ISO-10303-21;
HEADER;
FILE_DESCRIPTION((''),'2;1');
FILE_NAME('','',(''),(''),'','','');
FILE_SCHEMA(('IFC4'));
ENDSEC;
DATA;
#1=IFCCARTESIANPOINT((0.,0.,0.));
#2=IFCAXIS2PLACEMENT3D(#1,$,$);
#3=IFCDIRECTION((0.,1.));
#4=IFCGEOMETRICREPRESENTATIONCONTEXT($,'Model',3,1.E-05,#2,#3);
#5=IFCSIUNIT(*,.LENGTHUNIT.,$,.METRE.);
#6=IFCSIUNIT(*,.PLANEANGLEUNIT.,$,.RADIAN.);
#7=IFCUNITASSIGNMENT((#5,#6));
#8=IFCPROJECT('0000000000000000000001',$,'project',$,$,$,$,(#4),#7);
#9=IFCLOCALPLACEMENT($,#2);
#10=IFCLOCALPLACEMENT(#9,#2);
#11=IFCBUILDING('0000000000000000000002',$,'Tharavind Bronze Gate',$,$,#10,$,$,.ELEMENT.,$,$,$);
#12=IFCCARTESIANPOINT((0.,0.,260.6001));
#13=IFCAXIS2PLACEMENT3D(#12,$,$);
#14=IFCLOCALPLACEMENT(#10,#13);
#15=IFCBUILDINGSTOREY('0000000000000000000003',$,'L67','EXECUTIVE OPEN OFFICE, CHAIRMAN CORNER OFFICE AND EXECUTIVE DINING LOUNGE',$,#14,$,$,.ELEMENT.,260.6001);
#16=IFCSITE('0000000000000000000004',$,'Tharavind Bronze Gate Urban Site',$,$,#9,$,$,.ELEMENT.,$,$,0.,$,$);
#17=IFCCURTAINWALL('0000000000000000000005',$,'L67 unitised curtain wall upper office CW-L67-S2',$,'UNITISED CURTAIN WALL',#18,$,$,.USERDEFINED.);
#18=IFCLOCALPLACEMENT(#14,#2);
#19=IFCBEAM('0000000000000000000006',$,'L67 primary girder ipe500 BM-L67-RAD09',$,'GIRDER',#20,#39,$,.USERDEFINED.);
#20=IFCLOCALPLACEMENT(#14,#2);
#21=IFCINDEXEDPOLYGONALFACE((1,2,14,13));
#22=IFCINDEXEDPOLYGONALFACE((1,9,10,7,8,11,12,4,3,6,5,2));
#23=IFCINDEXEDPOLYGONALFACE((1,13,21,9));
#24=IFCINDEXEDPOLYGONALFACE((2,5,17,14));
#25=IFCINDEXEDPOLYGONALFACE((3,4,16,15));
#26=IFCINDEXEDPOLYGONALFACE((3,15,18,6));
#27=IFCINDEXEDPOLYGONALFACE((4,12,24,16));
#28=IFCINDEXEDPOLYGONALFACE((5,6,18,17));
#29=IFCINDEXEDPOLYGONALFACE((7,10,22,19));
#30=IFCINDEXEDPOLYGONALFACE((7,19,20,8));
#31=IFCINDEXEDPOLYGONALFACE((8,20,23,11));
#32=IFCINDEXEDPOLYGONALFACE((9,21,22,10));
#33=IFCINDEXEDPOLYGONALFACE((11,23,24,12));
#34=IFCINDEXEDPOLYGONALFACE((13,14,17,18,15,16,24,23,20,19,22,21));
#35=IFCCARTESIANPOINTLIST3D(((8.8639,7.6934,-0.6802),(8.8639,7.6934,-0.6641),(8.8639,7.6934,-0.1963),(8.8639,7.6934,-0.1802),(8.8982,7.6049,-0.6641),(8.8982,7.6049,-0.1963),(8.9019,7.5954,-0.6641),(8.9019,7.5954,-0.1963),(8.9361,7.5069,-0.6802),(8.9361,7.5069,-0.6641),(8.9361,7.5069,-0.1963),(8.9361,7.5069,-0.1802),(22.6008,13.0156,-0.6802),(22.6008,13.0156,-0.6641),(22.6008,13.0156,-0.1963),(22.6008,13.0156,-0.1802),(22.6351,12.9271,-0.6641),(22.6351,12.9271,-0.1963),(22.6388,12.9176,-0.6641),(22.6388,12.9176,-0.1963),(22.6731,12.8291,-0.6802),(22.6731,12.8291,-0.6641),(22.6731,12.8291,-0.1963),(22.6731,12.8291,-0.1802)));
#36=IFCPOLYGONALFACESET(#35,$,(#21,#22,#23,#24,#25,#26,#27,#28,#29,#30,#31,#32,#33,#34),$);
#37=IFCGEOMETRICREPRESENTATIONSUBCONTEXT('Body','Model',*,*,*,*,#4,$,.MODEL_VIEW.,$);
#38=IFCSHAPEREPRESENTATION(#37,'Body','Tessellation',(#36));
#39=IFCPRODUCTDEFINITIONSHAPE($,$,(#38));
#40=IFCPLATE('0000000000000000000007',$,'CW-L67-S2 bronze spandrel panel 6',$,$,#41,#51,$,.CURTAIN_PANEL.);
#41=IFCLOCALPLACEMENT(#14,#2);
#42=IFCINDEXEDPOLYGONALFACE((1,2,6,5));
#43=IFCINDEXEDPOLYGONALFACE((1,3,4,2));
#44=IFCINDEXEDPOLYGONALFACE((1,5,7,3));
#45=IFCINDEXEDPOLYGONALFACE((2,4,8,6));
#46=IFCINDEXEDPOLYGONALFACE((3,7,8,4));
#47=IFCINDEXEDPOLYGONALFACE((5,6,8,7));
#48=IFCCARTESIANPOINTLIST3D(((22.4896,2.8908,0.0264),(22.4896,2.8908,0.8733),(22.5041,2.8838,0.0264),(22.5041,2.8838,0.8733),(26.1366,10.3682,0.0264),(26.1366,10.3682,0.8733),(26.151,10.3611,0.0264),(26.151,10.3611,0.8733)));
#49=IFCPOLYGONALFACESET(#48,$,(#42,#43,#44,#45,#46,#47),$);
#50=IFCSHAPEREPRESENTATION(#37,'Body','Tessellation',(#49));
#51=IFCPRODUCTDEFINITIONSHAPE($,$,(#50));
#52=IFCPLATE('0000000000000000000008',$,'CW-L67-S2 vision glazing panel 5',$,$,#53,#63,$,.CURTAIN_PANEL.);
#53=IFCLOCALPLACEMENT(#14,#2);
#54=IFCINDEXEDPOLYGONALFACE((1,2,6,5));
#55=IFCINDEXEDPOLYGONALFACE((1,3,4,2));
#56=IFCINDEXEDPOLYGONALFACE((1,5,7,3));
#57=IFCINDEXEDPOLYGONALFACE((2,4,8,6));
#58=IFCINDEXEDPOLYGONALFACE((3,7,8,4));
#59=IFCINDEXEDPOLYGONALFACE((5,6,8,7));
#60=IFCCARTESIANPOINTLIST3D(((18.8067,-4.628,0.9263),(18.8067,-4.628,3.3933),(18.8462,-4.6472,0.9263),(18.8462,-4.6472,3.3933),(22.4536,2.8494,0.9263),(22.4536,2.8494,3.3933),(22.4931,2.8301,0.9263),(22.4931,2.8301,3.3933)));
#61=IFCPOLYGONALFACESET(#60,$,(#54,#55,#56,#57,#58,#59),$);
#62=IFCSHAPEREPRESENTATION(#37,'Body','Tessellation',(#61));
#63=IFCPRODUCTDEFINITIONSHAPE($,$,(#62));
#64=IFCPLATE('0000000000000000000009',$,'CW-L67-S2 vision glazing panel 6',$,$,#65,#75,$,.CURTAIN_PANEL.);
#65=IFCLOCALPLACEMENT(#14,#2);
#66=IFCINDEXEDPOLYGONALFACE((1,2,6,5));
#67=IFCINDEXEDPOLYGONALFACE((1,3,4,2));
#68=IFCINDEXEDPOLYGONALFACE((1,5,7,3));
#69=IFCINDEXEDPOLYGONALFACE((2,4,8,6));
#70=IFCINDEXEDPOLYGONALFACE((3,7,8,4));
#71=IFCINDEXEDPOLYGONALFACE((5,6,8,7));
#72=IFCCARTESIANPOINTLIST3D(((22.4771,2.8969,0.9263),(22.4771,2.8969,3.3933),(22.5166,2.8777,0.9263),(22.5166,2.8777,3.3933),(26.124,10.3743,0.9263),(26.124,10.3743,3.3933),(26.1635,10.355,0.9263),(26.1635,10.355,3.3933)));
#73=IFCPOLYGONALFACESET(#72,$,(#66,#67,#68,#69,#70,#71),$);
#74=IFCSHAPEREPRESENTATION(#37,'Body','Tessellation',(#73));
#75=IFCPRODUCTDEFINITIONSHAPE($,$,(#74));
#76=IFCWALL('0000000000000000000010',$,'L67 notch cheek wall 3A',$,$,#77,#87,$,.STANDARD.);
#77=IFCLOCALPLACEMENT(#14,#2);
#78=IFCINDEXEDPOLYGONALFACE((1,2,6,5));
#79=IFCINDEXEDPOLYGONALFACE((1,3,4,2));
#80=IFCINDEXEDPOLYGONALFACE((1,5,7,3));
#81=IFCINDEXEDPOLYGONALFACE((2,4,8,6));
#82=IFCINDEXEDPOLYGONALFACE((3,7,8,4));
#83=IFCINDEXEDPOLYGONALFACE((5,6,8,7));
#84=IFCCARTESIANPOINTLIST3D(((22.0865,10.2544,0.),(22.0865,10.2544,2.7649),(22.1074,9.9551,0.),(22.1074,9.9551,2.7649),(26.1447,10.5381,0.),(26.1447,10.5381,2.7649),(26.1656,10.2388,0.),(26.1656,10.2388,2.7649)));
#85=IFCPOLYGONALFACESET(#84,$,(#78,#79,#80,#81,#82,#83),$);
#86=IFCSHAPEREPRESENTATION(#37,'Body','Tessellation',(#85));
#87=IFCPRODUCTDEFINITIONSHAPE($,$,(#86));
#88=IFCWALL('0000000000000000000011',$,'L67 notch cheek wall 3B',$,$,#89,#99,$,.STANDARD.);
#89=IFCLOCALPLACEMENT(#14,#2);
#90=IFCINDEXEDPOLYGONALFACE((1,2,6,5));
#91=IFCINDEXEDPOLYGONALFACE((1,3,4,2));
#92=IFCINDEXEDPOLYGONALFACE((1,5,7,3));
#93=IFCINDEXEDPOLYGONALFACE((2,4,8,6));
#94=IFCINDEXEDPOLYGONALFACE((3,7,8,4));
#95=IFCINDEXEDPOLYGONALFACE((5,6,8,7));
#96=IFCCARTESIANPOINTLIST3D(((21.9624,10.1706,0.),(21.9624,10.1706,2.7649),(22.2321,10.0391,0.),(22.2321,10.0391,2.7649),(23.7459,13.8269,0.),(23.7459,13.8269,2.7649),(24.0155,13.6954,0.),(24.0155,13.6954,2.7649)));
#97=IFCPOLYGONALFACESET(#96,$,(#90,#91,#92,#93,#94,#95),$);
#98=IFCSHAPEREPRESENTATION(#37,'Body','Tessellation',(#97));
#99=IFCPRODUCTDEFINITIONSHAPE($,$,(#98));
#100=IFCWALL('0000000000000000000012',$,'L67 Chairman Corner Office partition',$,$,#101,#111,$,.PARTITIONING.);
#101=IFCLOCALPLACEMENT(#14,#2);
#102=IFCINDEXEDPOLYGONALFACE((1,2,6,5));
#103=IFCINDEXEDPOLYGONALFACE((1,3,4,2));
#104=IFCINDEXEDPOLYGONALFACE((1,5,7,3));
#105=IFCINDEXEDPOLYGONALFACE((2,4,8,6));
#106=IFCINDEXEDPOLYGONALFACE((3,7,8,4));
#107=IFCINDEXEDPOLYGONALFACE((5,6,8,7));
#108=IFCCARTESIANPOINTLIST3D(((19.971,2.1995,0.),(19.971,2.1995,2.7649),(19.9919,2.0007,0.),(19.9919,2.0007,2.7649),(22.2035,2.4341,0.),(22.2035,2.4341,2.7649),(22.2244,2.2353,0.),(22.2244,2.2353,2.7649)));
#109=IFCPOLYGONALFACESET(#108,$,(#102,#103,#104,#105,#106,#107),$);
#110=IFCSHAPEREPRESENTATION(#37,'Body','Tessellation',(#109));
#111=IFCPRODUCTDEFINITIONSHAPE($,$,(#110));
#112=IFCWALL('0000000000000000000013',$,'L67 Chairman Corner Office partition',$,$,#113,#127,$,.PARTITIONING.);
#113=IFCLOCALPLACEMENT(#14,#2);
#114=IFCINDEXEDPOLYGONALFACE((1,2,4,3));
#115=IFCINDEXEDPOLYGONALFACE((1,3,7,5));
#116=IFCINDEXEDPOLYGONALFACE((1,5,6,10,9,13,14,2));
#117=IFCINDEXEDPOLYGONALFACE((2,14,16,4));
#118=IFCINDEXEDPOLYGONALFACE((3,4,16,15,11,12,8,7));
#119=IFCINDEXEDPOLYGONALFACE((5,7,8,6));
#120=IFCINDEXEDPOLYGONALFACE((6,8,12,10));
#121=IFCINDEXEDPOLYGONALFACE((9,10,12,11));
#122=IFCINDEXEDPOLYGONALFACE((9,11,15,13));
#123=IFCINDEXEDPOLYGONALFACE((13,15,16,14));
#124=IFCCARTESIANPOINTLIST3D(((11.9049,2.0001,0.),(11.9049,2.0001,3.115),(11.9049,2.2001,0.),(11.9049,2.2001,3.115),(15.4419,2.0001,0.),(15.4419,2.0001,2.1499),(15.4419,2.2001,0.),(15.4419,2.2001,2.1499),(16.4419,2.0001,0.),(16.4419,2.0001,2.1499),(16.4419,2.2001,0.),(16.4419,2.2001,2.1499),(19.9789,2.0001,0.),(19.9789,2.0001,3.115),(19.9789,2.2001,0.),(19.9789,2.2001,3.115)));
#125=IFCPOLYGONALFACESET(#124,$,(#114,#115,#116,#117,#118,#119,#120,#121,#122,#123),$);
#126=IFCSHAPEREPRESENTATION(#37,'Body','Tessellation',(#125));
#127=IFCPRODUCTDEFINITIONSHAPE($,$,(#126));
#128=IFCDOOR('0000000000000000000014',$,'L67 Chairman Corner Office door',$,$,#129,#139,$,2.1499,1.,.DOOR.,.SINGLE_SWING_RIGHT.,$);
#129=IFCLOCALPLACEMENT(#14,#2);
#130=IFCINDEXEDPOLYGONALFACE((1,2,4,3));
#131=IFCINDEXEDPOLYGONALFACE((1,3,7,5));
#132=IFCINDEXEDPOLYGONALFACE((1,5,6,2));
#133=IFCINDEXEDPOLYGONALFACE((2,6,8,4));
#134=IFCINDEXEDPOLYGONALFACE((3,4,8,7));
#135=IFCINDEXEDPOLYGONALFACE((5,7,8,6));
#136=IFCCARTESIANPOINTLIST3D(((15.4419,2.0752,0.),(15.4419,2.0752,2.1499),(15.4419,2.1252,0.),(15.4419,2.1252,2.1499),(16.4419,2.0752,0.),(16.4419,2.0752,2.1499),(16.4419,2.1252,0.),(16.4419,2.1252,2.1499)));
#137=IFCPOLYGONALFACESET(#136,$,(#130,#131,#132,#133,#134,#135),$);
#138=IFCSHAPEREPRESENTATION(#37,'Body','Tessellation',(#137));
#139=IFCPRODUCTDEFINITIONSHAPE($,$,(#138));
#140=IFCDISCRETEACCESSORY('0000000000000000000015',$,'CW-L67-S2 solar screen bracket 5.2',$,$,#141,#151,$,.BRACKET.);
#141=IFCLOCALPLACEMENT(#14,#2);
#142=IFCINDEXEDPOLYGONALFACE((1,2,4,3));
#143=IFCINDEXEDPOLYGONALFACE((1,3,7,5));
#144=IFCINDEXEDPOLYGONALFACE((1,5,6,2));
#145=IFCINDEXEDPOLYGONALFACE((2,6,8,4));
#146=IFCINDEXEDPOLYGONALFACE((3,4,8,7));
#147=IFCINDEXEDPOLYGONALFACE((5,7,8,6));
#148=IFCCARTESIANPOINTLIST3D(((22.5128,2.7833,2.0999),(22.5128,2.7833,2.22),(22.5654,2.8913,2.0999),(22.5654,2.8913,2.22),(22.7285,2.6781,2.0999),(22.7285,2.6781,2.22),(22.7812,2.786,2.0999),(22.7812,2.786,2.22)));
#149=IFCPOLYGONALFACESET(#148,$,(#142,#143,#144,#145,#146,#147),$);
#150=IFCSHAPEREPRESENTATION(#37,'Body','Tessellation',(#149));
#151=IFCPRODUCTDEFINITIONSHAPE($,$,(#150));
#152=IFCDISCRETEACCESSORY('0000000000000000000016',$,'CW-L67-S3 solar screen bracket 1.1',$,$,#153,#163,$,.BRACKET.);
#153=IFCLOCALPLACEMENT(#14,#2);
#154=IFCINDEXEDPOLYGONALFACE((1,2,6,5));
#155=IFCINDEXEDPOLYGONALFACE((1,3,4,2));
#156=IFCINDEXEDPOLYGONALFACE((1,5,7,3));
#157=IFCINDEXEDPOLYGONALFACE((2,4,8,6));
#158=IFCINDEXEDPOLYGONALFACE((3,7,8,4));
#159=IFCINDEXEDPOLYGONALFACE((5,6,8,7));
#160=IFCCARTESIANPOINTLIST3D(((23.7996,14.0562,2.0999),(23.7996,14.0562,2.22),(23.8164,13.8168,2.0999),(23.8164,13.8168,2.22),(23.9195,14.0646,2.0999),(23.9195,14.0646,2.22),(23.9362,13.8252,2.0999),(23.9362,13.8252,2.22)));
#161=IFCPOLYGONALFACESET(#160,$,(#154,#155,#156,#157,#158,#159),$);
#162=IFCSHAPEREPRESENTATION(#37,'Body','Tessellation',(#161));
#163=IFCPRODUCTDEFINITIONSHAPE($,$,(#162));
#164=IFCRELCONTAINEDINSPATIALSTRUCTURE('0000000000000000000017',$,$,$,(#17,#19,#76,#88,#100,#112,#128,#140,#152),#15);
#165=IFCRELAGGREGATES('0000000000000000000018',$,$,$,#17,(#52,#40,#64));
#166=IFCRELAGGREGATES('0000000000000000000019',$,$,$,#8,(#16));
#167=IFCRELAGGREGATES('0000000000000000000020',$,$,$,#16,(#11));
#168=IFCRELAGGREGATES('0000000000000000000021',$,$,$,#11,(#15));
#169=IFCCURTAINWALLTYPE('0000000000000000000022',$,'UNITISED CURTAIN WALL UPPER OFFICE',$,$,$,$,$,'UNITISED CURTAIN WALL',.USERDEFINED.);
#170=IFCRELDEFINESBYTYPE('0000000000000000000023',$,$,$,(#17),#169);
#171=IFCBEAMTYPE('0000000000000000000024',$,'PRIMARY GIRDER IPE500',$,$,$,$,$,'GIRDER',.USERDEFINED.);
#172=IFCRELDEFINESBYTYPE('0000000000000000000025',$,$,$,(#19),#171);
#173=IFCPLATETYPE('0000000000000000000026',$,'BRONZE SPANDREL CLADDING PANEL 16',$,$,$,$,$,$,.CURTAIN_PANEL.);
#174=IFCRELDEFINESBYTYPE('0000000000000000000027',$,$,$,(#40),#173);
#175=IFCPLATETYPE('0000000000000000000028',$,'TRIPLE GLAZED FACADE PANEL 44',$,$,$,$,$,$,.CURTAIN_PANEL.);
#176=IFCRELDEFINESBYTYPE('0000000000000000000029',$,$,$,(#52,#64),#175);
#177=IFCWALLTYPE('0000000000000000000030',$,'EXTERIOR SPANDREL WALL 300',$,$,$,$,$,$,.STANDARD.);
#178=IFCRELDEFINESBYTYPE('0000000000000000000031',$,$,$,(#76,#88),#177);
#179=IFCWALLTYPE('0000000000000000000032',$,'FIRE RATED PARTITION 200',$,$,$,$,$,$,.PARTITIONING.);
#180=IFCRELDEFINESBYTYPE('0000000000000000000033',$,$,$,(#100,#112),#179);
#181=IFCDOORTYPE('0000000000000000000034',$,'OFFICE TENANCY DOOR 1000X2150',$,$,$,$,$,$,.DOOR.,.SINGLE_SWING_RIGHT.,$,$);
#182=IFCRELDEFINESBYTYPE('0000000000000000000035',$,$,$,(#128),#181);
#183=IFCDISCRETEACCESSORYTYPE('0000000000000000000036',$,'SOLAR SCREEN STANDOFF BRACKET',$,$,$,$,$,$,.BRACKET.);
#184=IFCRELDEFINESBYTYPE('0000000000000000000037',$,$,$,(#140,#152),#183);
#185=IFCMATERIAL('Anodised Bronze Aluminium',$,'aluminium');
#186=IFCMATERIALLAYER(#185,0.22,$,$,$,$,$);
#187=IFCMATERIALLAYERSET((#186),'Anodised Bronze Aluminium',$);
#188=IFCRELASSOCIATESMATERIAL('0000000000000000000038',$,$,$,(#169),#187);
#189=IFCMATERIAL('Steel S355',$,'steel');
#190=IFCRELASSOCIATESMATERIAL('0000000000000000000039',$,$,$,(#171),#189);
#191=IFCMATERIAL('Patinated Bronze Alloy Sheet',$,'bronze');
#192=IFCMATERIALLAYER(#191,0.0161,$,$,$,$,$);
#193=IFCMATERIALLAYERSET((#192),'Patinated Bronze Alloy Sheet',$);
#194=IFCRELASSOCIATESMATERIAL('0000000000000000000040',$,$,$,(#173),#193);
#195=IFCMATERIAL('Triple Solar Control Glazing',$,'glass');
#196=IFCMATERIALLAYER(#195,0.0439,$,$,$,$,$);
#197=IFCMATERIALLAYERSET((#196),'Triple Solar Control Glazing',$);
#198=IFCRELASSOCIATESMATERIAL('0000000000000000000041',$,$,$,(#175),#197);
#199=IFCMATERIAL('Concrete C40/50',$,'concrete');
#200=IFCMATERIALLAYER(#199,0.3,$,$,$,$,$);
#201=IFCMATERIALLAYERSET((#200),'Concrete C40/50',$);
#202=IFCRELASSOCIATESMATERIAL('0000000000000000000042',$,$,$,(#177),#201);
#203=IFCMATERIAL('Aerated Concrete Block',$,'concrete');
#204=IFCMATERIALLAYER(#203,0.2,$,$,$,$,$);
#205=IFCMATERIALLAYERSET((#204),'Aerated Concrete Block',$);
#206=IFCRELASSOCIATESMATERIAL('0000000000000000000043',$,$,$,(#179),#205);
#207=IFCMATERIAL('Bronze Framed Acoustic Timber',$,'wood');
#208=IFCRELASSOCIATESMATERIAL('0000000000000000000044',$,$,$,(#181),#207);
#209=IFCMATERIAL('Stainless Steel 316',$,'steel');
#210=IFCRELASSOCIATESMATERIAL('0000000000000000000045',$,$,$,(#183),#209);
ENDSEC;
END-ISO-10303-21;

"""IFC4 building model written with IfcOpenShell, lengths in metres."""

from ifc_helpers import new_model, si_unit, direction, frame, frame_2d, origin, origin_2d, place, context, subcontext, project, spatial, rectangle, i_section, extrude, material, layer, layer_set, material_profile, profile_set, type_object, element, fill, aggregate, save


model = new_model("IFC4")

# Units and contexts
model_context = context("Model", 3, precision=1e-05, world=origin(), true_north=direction((0.0, 1.0)))
body_context = subcontext(model_context, "Body", "Model", "MODEL_VIEW")
ifc_project = project(units=[si_unit("LENGTHUNIT", "METRE"), si_unit("PLANEANGLEUNIT", "RADIAN")], contexts=[model_context])

# Site, building, storey
site_placement = place(None, origin())
site = spatial("IfcSite", under=ifc_project, at=site_placement, Name="Tharavind Bronze Gate Urban Site", CompositionType="ELEMENT", RefElevation=0.0)
building_placement = place(site_placement, origin())
building = spatial("IfcBuilding", under=site, at=building_placement, Name="Tharavind Bronze Gate", CompositionType="ELEMENT")
storey_placement = place(building_placement, frame((0.0, 0.0, 260.6001)))
storey = spatial("IfcBuildingStorey", under=building, at=storey_placement, Name="L67", Description="EXECUTIVE OPEN OFFICE, CHAIRMAN CORNER OFFICE AND EXECUTIVE DINING LOUNGE", CompositionType="ELEMENT", Elevation=260.6001)

# Curtain wall
ifc_material_1 = material(Name="Anodised Bronze Aluminium", Category="aluminium")
ifc_layer_1 = layer(ifc_material_1, 0.22)
ifc_layer_set_1 = layer_set([ifc_layer_1], Name="Anodised Bronze Aluminium")
curtain_wall_type = type_object("IfcCurtainWallType", Name="UNITISED CURTAIN WALL UPPER OFFICE", ElementType="UNITISED CURTAIN WALL", PredefinedType="USERDEFINED", material=ifc_layer_set_1)
curtain_wall_1_placement = place(storey_placement, origin())
curtain_wall_1 = element("IfcCurtainWall", 1, at=curtain_wall_1_placement, inside=storey, type_object=curtain_wall_type, Name="L67 unitised curtain wall upper office CW-L67-S2", ObjectType="UNITISED CURTAIN WALL", PredefinedType="USERDEFINED")

# Beam
ifc_material_2 = material(Name="Steel S355", Category="steel")
ifc_material_profile_1 = material_profile(ifc_material_2, i_section(OverallWidth=0.2, OverallDepth=0.5, WebThickness=0.0103, FlangeThickness=0.0161, at=origin_2d()), Name="IPE500")
ifc_profile_set_1 = profile_set([ifc_material_profile_1], Name="Steel S355")
beam_type_1 = type_object("IfcBeamType", Name="PRIMARY GIRDER IPE500", ElementType="GIRDER", PredefinedType="USERDEFINED", material=ifc_profile_set_1)
beam_1_placement = place(storey_placement, frame((22.637, 12.9224, -0.4302), z_axis=(-0.932461, -0.361271, 0.0), x_axis=(0.361271, -0.932461, 0.0)))
element("IfcBeam", 2, at=beam_1_placement, inside=storey, type_object=beam_type_1, Name="L67 primary girder ipe500 BM-L67-RAD09", ObjectType="GIRDER", PredefinedType="USERDEFINED", context=body_context, shape_type="SweptSolid", body=[
    extrude(i_section(OverallWidth=0.2, OverallDepth=0.5, WebThickness=0.0103, FlangeThickness=0.0161, at=origin_2d()), origin(), (0.0, 0.0, 1.0), 14.7319),
])

# Plates
ifc_material_3 = material(Name="Patinated Bronze Alloy Sheet", Category="bronze")
ifc_layer_2 = layer(ifc_material_3, 0.0161)
ifc_layer_set_2 = layer_set([ifc_layer_2], Name="Patinated Bronze Alloy Sheet")
plate_type_1 = type_object("IfcPlateType", Name="BRONZE SPANDREL CLADDING PANEL 16", PredefinedType="CURTAIN_PANEL", material=ifc_layer_set_2)
plate_1_placement = place(storey_placement, frame((24.3203, 6.626, 0.0264), z_axis=(0.0, 0.0, 1.0), x_axis=(0.438373, 0.898793, 0.0)))
plate_1 = element("IfcPlate", 3, at=plate_1_placement, type_object=plate_type_1, Name="CW-L67-S2 bronze spandrel panel 6", PredefinedType="CURTAIN_PANEL", context=body_context, shape_type="SweptSolid", body=[
    extrude(rectangle(XDim=8.3193, YDim=0.0161, at=origin_2d()), origin(), (0.0, 0.0, 1.0), 0.8469),
])
ifc_material_4 = material(Name="Triple Solar Control Glazing", Category="glass")
ifc_layer_3 = layer(ifc_material_4, 0.0439)
ifc_layer_set_3 = layer_set([ifc_layer_3], Name="Triple Solar Control Glazing")
plate_type_2 = type_object("IfcPlateType", Name="TRIPLE GLAZED FACADE PANEL 44", PredefinedType="CURTAIN_PANEL", material=ifc_layer_set_3)
plate_2_placement = place(storey_placement, frame((20.6499, -0.8989, 0.9263), z_axis=(0.0, 0.0, 1.0), x_axis=(0.438373, 0.898793, 0.0)))
plate_2 = element("IfcPlate", 4, at=plate_2_placement, type_object=plate_type_2, Name="CW-L67-S2 vision glazing panel 5", PredefinedType="CURTAIN_PANEL", context=body_context, shape_type="SweptSolid", body=[
    extrude(rectangle(XDim=8.3193, YDim=0.0439, at=origin_2d()), origin(), (0.0, 0.0, 1.0), 2.467),
])
plate_3_placement = place(storey_placement, frame((24.3203, 6.626, 0.9263), z_axis=(0.0, 0.0, 1.0), x_axis=(0.438373, 0.898793, 0.0)))
plate_3 = element("IfcPlate", 5, at=plate_3_placement, type_object=plate_type_2, Name="CW-L67-S2 vision glazing panel 6", PredefinedType="CURTAIN_PANEL", context=body_context, shape_type="SweptSolid", body=[
    extrude(rectangle(XDim=8.3193, YDim=0.0439, at=origin_2d()), origin(), (0.0, 0.0, 1.0), 2.467),
])
aggregate(curtain_wall_1, [plate_2, plate_1, plate_3])

# Walls
ifc_material_5 = material(Name="Concrete C40/50", Category="concrete")
ifc_layer_4 = layer(ifc_material_5, 0.3)
ifc_layer_set_4 = layer_set([ifc_layer_4], Name="Concrete C40/50")
wall_type_1 = type_object("IfcWallType", Name="EXTERIOR SPANDREL WALL 300", PredefinedType="STANDARD", material=ifc_layer_set_4)
for number, where, z_axis, x_axis, name in (
    (6, (26.1553, 10.3884, 0.0), (0.0, 0.0, 1.0), (-0.997565, -0.069737, 0.0), "L67 notch cheek wall 3A"),
    (7, (22.0972, 10.1047, 0.0), (0.0, 0.0, 1.0), (0.438406, 0.898777, 0.0), "L67 notch cheek wall 3B"),
):
    element("IfcWall", number, at=place(storey_placement, frame(where, z_axis=z_axis, x_axis=x_axis)), inside=storey, type_object=wall_type_1, Name=name, PredefinedType="STANDARD", context=body_context, shape_type="SweptSolid", body=[
        extrude(rectangle(XDim=4.0681, YDim=0.3, at=frame_2d((2.0342, 0.0))), origin(), (0.0, 0.0, 1.0), 2.7649),
    ])
ifc_material_6 = material(Name="Aerated Concrete Block", Category="concrete")
ifc_layer_5 = layer(ifc_material_6, 0.2)
ifc_layer_set_5 = layer_set([ifc_layer_5], Name="Aerated Concrete Block")
wall_type_2 = type_object("IfcWallType", Name="FIRE RATED PARTITION 200", PredefinedType="PARTITIONING", material=ifc_layer_set_5)
wall_1_placement = place(storey_placement, frame((22.2141, 2.3347, 0.0), z_axis=(0.0, 0.0, 1.0), x_axis=(-0.994524, -0.104509, 0.0)))
element("IfcWall", 8, at=wall_1_placement, inside=storey, type_object=wall_type_2, Name="L67 Chairman Corner Office partition", PredefinedType="PARTITIONING", context=body_context, shape_type="SweptSolid", body=[
    extrude(rectangle(XDim=2.2449, YDim=0.2, at=frame_2d((1.1226, 0.0))), origin(), (0.0, 0.0, 1.0), 2.7649),
])

# Wall, opening, door
wall_2_placement = place(storey_placement, frame((19.979, 2.1001, 0.0), z_axis=(0.0, 0.0, 1.0), x_axis=(-1.0, 0.0, 0.0)))
wall_2 = element("IfcWall", 9, at=wall_2_placement, inside=storey, type_object=wall_type_2, Name="L67 Chairman Corner Office partition", PredefinedType="PARTITIONING", context=body_context, shape_type="SweptSolid", body=[
    extrude(rectangle(XDim=8.074, YDim=0.2, at=frame_2d((4.0371, 0.0))), origin(), (0.0, 0.0, 1.0), 3.115),
])
opening_placement = place(wall_2_placement, frame((3.5371, 0.0, 0.0)))
opening = element("IfcOpeningElement", 10, at=opening_placement, cuts=wall_2, PredefinedType="OPENING", context=body_context, shape_type="SweptSolid", body=[
    extrude(rectangle(XDim=1.0, YDim=2.1499, at=frame_2d((0.5, 1.075))), frame((0.0, 0.1101, 0.0), z_axis=(0.0, -1.0, 0.0), x_axis=(1.0, 0.0, 0.0)), (0.0, 0.0, 1.0), 0.22),
])
ifc_material_7 = material(Name="Bronze Framed Acoustic Timber", Category="wood")
door_type = type_object("IfcDoorType", Name="OFFICE TENANCY DOOR 1000X2150", OperationType="SINGLE_SWING_RIGHT", PredefinedType="DOOR", material=ifc_material_7)
door_placement = place(opening_placement, origin())
door = element("IfcDoor", 11, at=door_placement, inside=storey, type_object=door_type, Name="L67 Chairman Corner Office door", OperationType="SINGLE_SWING_RIGHT", OverallHeight=2.1499, OverallWidth=1.0, PredefinedType="DOOR", context=body_context, shape_type="SweptSolid", body=[
    extrude(rectangle(XDim=1.0, YDim=2.1499, at=frame_2d((0.5, 1.075))), frame((0.0, 0.0249, 0.0), z_axis=(0.0, -1.0, 0.0), x_axis=(1.0, 0.0, 0.0)), (0.0, 0.0, 1.0), 0.05),
])
fill(opening, door)

# Discrete accessories
ifc_material_8 = material(Name="Stainless Steel 316", Category="steel")
discrete_accessory_type = type_object("IfcDiscreteAccessoryType", Name="SOLAR SCREEN STANDOFF BRACKET", PredefinedType="BRACKET", material=ifc_material_8)
for number, where, z_axis, x_axis, name in (
    (12, (22.647, 2.7847, 2.0999), (0.0, 0.0, 1.0), (0.438373, 0.898793, 0.0), "CW-L67-S2 solar screen bracket 5.2"),
    (13, (23.8679, 13.9407, 2.0999), (0.0, 0.0, 1.0), (-0.997564, -0.06976, 0.0), "CW-L67-S3 solar screen bracket 1.1"),
):
    element("IfcDiscreteAccessory", number, at=place(storey_placement, frame(where, z_axis=z_axis, x_axis=x_axis)), inside=storey, type_object=discrete_accessory_type, Name=name, PredefinedType="BRACKET", context=body_context, shape_type="SweptSolid", body=[
        extrude(rectangle(XDim=0.1201, YDim=0.24, at=origin_2d()), origin(), (0.0, 0.0, 1.0), 0.1201),
    ])

save(model, "model.ifc")
